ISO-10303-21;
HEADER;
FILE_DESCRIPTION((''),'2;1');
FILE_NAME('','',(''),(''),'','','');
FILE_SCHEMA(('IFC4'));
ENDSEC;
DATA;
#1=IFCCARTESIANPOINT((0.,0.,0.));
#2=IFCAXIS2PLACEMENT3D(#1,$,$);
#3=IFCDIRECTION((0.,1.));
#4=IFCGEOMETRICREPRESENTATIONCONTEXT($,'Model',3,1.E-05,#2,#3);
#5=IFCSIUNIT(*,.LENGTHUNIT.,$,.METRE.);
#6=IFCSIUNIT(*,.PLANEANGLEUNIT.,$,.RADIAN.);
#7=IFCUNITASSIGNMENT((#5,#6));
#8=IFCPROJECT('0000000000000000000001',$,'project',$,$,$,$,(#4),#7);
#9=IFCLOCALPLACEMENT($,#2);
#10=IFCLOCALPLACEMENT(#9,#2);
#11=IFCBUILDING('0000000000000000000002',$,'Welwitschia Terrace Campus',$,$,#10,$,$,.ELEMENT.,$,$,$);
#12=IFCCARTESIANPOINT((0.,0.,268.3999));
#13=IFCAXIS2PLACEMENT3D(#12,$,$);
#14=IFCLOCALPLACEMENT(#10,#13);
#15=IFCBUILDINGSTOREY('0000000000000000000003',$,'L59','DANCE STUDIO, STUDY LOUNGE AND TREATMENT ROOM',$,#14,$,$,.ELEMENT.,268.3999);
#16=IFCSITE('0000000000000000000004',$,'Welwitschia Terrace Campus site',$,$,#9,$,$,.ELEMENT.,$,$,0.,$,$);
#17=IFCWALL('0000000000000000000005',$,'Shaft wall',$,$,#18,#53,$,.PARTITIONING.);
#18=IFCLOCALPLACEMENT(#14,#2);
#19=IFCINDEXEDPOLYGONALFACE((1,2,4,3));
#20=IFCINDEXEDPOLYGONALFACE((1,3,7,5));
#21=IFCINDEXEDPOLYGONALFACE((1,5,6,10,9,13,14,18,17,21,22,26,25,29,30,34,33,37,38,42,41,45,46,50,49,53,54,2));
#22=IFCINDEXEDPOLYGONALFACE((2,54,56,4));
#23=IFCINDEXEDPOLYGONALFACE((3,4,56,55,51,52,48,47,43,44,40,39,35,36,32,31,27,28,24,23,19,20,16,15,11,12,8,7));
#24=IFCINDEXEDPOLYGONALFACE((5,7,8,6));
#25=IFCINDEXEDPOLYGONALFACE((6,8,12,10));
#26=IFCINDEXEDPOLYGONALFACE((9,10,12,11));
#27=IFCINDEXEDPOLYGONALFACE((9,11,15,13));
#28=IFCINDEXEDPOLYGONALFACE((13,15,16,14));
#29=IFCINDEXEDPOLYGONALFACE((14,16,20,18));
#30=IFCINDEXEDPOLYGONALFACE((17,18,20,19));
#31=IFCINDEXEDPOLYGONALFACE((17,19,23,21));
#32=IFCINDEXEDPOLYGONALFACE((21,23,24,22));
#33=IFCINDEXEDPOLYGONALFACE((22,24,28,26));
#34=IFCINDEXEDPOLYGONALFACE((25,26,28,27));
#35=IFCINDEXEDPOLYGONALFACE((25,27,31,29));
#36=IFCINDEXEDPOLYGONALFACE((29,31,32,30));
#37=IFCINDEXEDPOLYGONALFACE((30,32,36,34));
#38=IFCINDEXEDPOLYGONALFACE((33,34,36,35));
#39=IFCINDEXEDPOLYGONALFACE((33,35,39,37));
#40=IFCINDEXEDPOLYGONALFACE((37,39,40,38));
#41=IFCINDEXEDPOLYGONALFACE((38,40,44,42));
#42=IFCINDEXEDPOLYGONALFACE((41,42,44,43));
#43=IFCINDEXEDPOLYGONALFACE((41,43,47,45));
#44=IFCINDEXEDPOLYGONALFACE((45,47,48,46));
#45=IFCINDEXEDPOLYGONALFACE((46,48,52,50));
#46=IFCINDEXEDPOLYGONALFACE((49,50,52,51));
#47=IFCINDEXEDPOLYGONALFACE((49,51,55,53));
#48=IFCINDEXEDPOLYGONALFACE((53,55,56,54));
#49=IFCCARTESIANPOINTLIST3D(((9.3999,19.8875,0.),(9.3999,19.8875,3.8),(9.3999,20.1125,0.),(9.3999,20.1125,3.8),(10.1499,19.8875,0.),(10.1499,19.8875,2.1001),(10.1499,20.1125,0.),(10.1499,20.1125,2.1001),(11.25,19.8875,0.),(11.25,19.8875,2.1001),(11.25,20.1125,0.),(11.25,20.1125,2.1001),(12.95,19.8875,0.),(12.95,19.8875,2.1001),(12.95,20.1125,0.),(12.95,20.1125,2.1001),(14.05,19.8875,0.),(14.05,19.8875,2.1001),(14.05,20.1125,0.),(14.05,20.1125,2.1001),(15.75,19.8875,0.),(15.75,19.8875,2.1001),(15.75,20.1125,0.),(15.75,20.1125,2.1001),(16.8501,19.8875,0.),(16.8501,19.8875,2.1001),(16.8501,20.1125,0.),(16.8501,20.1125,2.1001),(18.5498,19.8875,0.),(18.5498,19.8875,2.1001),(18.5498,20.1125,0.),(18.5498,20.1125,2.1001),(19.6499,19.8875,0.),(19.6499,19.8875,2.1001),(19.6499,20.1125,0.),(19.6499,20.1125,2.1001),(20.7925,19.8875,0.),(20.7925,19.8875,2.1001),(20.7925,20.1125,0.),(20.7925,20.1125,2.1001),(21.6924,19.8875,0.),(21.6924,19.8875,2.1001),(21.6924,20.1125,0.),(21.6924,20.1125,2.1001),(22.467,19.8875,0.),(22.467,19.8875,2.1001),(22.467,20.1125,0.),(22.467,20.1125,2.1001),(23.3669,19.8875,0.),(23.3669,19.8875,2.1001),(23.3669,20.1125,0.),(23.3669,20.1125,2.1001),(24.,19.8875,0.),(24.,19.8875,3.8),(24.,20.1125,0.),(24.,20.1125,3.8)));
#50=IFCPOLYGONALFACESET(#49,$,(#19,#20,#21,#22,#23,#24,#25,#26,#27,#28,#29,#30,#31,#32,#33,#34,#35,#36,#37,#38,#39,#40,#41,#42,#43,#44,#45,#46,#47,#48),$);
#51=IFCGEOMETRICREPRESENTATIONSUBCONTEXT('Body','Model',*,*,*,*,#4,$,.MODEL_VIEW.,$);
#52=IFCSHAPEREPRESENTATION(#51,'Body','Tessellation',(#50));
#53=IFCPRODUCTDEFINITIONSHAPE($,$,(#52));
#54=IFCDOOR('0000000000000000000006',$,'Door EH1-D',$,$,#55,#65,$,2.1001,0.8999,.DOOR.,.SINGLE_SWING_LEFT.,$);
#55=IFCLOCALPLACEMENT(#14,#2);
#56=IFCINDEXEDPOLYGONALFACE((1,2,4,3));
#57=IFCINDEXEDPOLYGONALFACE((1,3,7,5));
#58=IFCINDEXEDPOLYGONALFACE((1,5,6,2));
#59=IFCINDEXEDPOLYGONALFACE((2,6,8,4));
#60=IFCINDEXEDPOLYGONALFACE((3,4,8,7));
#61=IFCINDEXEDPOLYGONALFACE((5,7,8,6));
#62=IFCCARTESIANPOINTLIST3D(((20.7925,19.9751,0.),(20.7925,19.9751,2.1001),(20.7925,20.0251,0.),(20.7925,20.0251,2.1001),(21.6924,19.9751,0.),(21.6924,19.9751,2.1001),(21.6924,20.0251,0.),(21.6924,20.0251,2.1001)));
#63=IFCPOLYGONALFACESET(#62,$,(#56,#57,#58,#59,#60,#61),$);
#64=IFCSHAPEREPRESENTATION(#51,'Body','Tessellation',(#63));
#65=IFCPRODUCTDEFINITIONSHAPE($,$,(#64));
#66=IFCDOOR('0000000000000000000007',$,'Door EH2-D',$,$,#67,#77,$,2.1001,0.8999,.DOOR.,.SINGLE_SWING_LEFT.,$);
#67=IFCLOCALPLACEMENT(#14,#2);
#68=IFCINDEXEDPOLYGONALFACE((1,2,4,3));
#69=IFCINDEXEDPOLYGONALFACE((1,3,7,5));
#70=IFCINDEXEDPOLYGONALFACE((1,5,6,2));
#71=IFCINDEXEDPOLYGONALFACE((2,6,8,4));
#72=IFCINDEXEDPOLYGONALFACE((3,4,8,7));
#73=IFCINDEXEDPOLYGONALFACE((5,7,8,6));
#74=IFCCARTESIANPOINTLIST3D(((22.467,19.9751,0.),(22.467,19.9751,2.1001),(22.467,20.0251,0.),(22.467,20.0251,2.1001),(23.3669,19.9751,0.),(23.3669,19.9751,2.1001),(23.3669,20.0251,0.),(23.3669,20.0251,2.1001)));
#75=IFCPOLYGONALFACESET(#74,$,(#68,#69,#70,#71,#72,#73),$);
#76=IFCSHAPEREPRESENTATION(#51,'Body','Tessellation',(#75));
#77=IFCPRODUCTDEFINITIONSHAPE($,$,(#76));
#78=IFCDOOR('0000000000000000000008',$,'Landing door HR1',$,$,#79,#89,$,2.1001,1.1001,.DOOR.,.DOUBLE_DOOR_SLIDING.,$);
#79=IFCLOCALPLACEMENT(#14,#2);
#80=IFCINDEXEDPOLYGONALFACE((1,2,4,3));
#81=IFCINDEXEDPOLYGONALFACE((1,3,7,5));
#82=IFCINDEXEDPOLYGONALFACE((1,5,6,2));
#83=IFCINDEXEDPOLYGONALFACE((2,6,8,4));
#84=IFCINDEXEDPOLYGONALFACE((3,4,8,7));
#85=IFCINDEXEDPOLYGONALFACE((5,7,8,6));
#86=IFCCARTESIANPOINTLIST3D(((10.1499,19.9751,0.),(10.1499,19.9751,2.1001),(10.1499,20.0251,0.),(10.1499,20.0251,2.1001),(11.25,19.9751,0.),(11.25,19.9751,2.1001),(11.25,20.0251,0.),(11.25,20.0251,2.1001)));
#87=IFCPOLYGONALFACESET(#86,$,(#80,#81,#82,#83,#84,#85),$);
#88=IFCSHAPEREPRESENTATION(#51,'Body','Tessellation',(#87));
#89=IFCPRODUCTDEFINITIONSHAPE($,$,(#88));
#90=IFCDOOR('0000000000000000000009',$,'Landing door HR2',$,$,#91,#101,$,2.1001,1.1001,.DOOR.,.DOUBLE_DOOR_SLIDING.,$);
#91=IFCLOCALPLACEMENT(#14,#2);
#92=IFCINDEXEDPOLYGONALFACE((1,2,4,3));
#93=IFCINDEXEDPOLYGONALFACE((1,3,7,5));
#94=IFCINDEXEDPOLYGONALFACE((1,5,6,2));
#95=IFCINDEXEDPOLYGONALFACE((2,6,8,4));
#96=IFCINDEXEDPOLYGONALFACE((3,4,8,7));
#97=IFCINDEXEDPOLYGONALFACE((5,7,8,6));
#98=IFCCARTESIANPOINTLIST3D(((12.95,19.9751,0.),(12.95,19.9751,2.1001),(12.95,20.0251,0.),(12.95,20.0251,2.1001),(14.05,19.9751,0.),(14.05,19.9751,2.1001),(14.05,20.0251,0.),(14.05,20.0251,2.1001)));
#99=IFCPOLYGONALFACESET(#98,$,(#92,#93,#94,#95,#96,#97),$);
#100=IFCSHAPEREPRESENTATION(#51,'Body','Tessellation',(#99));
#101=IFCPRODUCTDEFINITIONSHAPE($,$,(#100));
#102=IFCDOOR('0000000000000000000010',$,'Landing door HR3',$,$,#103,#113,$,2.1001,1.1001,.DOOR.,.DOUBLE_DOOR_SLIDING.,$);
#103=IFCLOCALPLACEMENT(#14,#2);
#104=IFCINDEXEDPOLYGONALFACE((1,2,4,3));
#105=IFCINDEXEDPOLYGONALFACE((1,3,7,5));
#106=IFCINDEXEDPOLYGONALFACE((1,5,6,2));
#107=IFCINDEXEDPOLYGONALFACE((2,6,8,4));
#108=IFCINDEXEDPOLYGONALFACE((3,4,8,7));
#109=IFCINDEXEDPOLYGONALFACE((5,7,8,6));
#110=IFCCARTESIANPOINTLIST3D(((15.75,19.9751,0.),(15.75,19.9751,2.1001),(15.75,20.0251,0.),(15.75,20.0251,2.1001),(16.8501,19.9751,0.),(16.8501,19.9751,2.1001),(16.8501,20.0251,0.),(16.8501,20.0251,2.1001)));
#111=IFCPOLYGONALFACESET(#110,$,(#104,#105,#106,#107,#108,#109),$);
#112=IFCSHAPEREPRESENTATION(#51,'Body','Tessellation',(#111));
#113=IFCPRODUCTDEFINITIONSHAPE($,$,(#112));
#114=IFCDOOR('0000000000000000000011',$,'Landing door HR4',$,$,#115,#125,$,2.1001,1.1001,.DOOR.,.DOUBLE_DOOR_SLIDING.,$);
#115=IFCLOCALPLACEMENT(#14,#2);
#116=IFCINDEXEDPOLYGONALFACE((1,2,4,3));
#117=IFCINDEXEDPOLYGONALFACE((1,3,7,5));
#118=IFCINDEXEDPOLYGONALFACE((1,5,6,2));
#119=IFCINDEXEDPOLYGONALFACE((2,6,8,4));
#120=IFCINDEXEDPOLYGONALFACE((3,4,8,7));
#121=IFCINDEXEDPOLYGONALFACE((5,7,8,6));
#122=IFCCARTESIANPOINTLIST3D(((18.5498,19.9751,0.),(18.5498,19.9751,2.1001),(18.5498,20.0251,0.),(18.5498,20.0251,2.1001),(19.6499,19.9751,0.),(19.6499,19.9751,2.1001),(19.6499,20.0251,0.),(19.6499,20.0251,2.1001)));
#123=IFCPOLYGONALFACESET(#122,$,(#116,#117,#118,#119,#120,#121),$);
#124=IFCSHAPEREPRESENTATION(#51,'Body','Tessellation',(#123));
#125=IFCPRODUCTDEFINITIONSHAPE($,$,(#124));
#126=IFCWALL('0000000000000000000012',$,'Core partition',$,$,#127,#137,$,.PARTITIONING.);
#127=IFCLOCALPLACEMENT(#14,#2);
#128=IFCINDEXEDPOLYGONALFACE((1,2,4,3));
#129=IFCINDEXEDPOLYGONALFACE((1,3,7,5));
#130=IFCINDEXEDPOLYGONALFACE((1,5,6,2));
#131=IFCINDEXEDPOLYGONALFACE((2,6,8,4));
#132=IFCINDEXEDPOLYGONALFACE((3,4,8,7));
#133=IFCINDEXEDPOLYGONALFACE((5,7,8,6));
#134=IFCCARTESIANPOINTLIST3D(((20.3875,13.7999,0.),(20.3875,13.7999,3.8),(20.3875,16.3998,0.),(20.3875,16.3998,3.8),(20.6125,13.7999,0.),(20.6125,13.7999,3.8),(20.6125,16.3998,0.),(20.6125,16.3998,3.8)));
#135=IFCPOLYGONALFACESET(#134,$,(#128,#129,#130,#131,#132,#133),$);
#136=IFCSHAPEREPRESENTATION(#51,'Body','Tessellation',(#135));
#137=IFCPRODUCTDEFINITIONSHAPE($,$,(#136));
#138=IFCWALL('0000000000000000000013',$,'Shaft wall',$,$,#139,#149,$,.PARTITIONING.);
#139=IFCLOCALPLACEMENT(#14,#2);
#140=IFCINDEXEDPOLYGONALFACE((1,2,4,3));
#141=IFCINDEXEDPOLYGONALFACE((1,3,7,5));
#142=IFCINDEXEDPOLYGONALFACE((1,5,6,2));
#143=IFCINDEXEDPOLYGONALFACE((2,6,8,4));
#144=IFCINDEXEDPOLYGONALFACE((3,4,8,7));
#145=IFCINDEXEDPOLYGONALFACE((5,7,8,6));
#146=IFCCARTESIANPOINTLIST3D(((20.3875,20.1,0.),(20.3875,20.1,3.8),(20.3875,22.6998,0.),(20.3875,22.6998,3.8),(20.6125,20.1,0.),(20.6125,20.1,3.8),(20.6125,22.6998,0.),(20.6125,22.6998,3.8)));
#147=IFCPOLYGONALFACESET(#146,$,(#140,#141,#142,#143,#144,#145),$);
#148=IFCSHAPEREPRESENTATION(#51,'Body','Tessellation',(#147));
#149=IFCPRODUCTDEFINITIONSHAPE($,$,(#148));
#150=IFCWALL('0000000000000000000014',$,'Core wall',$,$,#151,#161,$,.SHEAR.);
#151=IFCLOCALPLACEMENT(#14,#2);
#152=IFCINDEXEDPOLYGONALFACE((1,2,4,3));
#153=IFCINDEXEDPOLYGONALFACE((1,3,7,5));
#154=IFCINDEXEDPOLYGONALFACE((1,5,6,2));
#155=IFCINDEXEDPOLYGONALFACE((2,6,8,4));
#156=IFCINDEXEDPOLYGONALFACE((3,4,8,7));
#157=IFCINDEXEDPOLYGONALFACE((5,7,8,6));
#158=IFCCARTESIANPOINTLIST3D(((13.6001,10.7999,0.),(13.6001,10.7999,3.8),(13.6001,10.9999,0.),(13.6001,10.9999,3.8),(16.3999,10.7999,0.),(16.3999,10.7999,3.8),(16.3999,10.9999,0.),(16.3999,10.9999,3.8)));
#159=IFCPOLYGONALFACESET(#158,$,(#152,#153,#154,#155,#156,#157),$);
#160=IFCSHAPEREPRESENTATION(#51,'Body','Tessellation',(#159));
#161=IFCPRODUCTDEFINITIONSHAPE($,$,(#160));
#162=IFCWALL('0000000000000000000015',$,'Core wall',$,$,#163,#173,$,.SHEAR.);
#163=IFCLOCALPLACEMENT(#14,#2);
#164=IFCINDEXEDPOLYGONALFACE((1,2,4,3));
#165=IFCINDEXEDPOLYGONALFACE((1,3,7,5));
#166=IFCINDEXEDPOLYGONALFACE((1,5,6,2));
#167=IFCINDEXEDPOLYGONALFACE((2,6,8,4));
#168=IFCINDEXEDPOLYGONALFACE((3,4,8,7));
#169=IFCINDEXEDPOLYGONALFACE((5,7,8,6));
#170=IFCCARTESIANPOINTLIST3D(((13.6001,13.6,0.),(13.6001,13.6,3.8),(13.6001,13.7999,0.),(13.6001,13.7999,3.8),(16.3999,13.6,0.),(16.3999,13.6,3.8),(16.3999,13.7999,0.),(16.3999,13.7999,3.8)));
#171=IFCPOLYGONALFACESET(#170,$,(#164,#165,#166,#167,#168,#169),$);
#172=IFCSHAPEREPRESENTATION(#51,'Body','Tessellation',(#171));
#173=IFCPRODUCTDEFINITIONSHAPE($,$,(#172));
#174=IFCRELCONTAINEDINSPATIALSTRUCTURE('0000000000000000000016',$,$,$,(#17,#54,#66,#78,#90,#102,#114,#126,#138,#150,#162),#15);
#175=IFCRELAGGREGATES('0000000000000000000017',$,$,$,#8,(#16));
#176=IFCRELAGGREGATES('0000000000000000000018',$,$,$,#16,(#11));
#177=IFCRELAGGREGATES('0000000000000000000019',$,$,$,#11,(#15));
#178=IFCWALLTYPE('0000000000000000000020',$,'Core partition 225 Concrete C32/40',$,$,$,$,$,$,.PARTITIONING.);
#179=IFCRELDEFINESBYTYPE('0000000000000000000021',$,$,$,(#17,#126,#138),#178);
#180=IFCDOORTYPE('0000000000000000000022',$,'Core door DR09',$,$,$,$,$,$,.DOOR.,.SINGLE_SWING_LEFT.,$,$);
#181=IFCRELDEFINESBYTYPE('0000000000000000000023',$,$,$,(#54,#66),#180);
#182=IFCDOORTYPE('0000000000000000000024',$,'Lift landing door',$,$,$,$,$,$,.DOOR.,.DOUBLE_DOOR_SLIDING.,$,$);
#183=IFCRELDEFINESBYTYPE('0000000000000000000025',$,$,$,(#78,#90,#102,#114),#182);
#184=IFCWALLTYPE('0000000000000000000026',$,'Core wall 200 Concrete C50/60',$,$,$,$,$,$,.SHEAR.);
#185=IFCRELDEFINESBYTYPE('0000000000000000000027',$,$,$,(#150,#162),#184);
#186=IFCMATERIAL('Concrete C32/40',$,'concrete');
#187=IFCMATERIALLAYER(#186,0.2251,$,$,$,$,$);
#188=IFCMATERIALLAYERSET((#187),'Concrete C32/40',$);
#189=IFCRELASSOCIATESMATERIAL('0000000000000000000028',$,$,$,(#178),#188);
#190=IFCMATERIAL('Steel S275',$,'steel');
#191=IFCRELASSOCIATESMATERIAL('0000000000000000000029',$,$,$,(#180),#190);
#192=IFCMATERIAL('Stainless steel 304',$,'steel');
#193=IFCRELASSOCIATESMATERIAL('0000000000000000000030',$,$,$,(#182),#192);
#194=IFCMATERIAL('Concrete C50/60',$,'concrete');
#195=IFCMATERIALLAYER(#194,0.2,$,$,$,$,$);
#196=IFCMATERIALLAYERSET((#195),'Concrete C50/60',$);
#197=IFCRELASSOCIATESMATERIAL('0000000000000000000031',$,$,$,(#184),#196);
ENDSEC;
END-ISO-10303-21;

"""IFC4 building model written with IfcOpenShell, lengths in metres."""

from ifc_helpers import new_model, si_unit, direction, frame, frame_2d, origin, place, context, subcontext, project, spatial, rectangle, extrude, material, layer, layer_set, type_object, element, fill, save


model = new_model("IFC4")

# Units and contexts
model_context = context("Model", 3, precision=1e-05, world=origin(), true_north=direction((0.0, 1.0)))
body_context = subcontext(model_context, "Body", "Model", "MODEL_VIEW")
ifc_project = project(units=[si_unit("LENGTHUNIT", "METRE"), si_unit("PLANEANGLEUNIT", "RADIAN")], contexts=[model_context])

# Site, building, storey
site_placement = place(None, origin())
site = spatial("IfcSite", under=ifc_project, at=site_placement, Name="Welwitschia Terrace Campus site", CompositionType="ELEMENT", RefElevation=0.0)
building_placement = place(site_placement, origin())
building = spatial("IfcBuilding", under=site, at=building_placement, Name="Welwitschia Terrace Campus", CompositionType="ELEMENT")
storey_placement = place(building_placement, frame((0.0, 0.0, 268.3999)))
storey = spatial("IfcBuildingStorey", under=building, at=storey_placement, Name="L59", Description="DANCE STUDIO, STUDY LOUNGE AND TREATMENT ROOM", CompositionType="ELEMENT", Elevation=268.3999)

# Shared definitions
ifc_material_1 = material(Name="Concrete C32/40", Category="concrete")
ifc_layer_1 = layer(ifc_material_1, 0.2251)
ifc_layer_set_1 = layer_set([ifc_layer_1], Name="Concrete C32/40")
wall_type_1 = type_object("IfcWallType", Name="Core partition 225 Concrete C32/40", PredefinedType="PARTITIONING", material=ifc_layer_set_1)

# Wall, openings, doors
wall_1_placement = place(storey_placement, frame((24.0, 20.0, 0.0), z_axis=(0.0, 0.0, 1.0), x_axis=(-1.0, 0.0, 0.0)))
wall_1 = element("IfcWall", 1, at=wall_1_placement, inside=storey, type_object=wall_type_1, Name="Shaft wall", PredefinedType="PARTITIONING", context=body_context, shape_type="SweptSolid", body=[
    extrude(rectangle(XDim=14.6001, YDim=0.2251, at=frame_2d((7.3, 0.0))), origin(), (0.0, 0.0, 1.0), 3.8),
])
opening_1_placement = place(wall_1_placement, frame((12.75, 0.0, 0.0)))
opening_1 = element("IfcOpeningElement", 2, at=opening_1_placement, cuts=wall_1, PredefinedType="OPENING", context=body_context, shape_type="SweptSolid", body=[
    extrude(rectangle(XDim=1.1001, YDim=2.1001, at=frame_2d((0.55, 1.05))), frame((0.0, 0.1226, 0.0), z_axis=(0.0, -1.0, 0.0), x_axis=(1.0, 0.0, 0.0)), (0.0, 0.0, 1.0), 0.2451),
])
opening_2_placement = place(wall_1_placement, frame((9.95, 0.0, 0.0)))
opening_2 = element("IfcOpeningElement", 3, at=opening_2_placement, cuts=wall_1, PredefinedType="OPENING", context=body_context, shape_type="SweptSolid", body=[
    extrude(rectangle(XDim=1.1001, YDim=2.1001, at=frame_2d((0.55, 1.05))), frame((0.0, 0.1226, 0.0), z_axis=(0.0, -1.0, 0.0), x_axis=(1.0, 0.0, 0.0)), (0.0, 0.0, 1.0), 0.2451),
])
opening_3_placement = place(wall_1_placement, frame((7.1499, 0.0, 0.0)))
opening_3 = element("IfcOpeningElement", 4, at=opening_3_placement, cuts=wall_1, PredefinedType="OPENING", context=body_context, shape_type="SweptSolid", body=[
    extrude(rectangle(XDim=1.1001, YDim=2.1001, at=frame_2d((0.55, 1.05))), frame((0.0, 0.1226, 0.0), z_axis=(0.0, -1.0, 0.0), x_axis=(1.0, 0.0, 0.0)), (0.0, 0.0, 1.0), 0.2451),
])
opening_4_placement = place(wall_1_placement, frame((4.3501, 0.0, 0.0)))
opening_4 = element("IfcOpeningElement", 5, at=opening_4_placement, cuts=wall_1, PredefinedType="OPENING", context=body_context, shape_type="SweptSolid", body=[
    extrude(rectangle(XDim=1.1001, YDim=2.1001, at=frame_2d((0.55, 1.05))), frame((0.0, 0.1226, 0.0), z_axis=(0.0, -1.0, 0.0), x_axis=(1.0, 0.0, 0.0)), (0.0, 0.0, 1.0), 0.2451),
])
opening_5_placement = place(wall_1_placement, frame((2.3076, 0.0, 0.0)))
opening_5 = element("IfcOpeningElement", 6, at=opening_5_placement, cuts=wall_1, PredefinedType="OPENING", context=body_context, shape_type="SweptSolid", body=[
    extrude(rectangle(XDim=0.8999, YDim=2.1001, at=frame_2d((0.45, 1.05))), frame((0.0, 0.1226, 0.0), z_axis=(0.0, -1.0, 0.0), x_axis=(1.0, 0.0, 0.0)), (0.0, 0.0, 1.0), 0.2451),
])
opening_6_placement = place(wall_1_placement, frame((0.6331, 0.0, 0.0)))
opening_6 = element("IfcOpeningElement", 7, at=opening_6_placement, cuts=wall_1, PredefinedType="OPENING", context=body_context, shape_type="SweptSolid", body=[
    extrude(rectangle(XDim=0.8999, YDim=2.1001, at=frame_2d((0.45, 1.05))), frame((0.0, 0.1226, 0.0), z_axis=(0.0, -1.0, 0.0), x_axis=(1.0, 0.0, 0.0)), (0.0, 0.0, 1.0), 0.2451),
])
ifc_material_2 = material(Name="Steel S275", Category="steel")
door_type_1 = type_object("IfcDoorType", Name="Core door DR09", OperationType="SINGLE_SWING_LEFT", PredefinedType="DOOR", material=ifc_material_2)
door_1_placement = place(opening_5_placement, origin())
door_1 = element("IfcDoor", 8, at=door_1_placement, inside=storey, type_object=door_type_1, Name="Door EH1-D", OperationType="SINGLE_SWING_LEFT", OverallHeight=2.1001, OverallWidth=0.8999, PredefinedType="DOOR", context=body_context, shape_type="SweptSolid", body=[
    extrude(rectangle(XDim=0.8999, YDim=2.1001, at=frame_2d((0.45, 1.05))), frame((0.0, 0.0249, 0.0), z_axis=(0.0, -1.0, 0.0), x_axis=(1.0, 0.0, 0.0)), (0.0, 0.0, 1.0), 0.05),
])
fill(opening_5, door_1)
door_2_placement = place(opening_6_placement, origin())
door_2 = element("IfcDoor", 9, at=door_2_placement, inside=storey, type_object=door_type_1, Name="Door EH2-D", OperationType="SINGLE_SWING_LEFT", OverallHeight=2.1001, OverallWidth=0.8999, PredefinedType="DOOR", context=body_context, shape_type="SweptSolid", body=[
    extrude(rectangle(XDim=0.8999, YDim=2.1001, at=frame_2d((0.45, 1.05))), frame((0.0, 0.0249, 0.0), z_axis=(0.0, -1.0, 0.0), x_axis=(1.0, 0.0, 0.0)), (0.0, 0.0, 1.0), 0.05),
])
fill(opening_6, door_2)
ifc_material_3 = material(Name="Stainless steel 304", Category="steel")
door_type_2 = type_object("IfcDoorType", Name="Lift landing door", OperationType="DOUBLE_DOOR_SLIDING", PredefinedType="DOOR", material=ifc_material_3)
door_3_placement = place(opening_1_placement, origin())
door_3 = element("IfcDoor", 10, at=door_3_placement, inside=storey, type_object=door_type_2, Name="Landing door HR1", OperationType="DOUBLE_DOOR_SLIDING", OverallHeight=2.1001, OverallWidth=1.1001, PredefinedType="DOOR", context=body_context, shape_type="SweptSolid", body=[
    extrude(rectangle(XDim=1.1001, YDim=2.1001, at=frame_2d((0.55, 1.05))), frame((0.0, 0.0249, 0.0), z_axis=(0.0, -1.0, 0.0), x_axis=(1.0, 0.0, 0.0)), (0.0, 0.0, 1.0), 0.05),
])
fill(opening_1, door_3)
door_4_placement = place(opening_2_placement, origin())
door_4 = element("IfcDoor", 11, at=door_4_placement, inside=storey, type_object=door_type_2, Name="Landing door HR2", OperationType="DOUBLE_DOOR_SLIDING", OverallHeight=2.1001, OverallWidth=1.1001, PredefinedType="DOOR", context=body_context, shape_type="SweptSolid", body=[
    extrude(rectangle(XDim=1.1001, YDim=2.1001, at=frame_2d((0.55, 1.05))), frame((0.0, 0.0249, 0.0), z_axis=(0.0, -1.0, 0.0), x_axis=(1.0, 0.0, 0.0)), (0.0, 0.0, 1.0), 0.05),
])
fill(opening_2, door_4)
door_5_placement = place(opening_3_placement, origin())
door_5 = element("IfcDoor", 12, at=door_5_placement, inside=storey, type_object=door_type_2, Name="Landing door HR3", OperationType="DOUBLE_DOOR_SLIDING", OverallHeight=2.1001, OverallWidth=1.1001, PredefinedType="DOOR", context=body_context, shape_type="SweptSolid", body=[
    extrude(rectangle(XDim=1.1001, YDim=2.1001, at=frame_2d((0.55, 1.05))), frame((0.0, 0.0249, 0.0), z_axis=(0.0, -1.0, 0.0), x_axis=(1.0, 0.0, 0.0)), (0.0, 0.0, 1.0), 0.05),
])
fill(opening_3, door_5)
door_6_placement = place(opening_4_placement, origin())
door_6 = element("IfcDoor", 13, at=door_6_placement, inside=storey, type_object=door_type_2, Name="Landing door HR4", OperationType="DOUBLE_DOOR_SLIDING", OverallHeight=2.1001, OverallWidth=1.1001, PredefinedType="DOOR", context=body_context, shape_type="SweptSolid", body=[
    extrude(rectangle(XDim=1.1001, YDim=2.1001, at=frame_2d((0.55, 1.05))), frame((0.0, 0.0249, 0.0), z_axis=(0.0, -1.0, 0.0), x_axis=(1.0, 0.0, 0.0)), (0.0, 0.0, 1.0), 0.05),
])
fill(opening_4, door_6)

# Walls
for number, where, z_axis, x_axis, name in (
    (14, (20.5, 13.8, 0.0), (0.0, 0.0, 1.0), (0.0, 1.0, 0.0), "Core partition"),
    (15, (20.5, 20.1001, 0.0), (0.0, 0.0, 1.0), (0.0, 1.0, 0.0), "Shaft wall"),
):
    element("IfcWall", number, at=place(storey_placement, frame(where, z_axis=z_axis, x_axis=x_axis)), inside=storey, type_object=wall_type_1, Name=name, PredefinedType="PARTITIONING", context=body_context, shape_type="SweptSolid", body=[
        extrude(rectangle(XDim=2.5999, YDim=0.2251, at=frame_2d((1.2998, 0.0))), origin(), (0.0, 0.0, 1.0), 3.8),
    ])
ifc_material_4 = material(Name="Concrete C50/60", Category="concrete")
ifc_layer_2 = layer(ifc_material_4, 0.2)
ifc_layer_set_2 = layer_set([ifc_layer_2], Name="Concrete C50/60")
wall_type_2 = type_object("IfcWallType", Name="Core wall 200 Concrete C50/60", PredefinedType="SHEAR", material=ifc_layer_set_2)
for number, where, z_axis, x_axis, name in (
    (16, (13.6001, 10.8999, 0.0), (0.0, 0.0, 1.0), (1.0, 0.0, 0.0), "Core wall"),
    (17, (13.6001, 13.7, 0.0), (0.0, 0.0, 1.0), (1.0, 0.0, 0.0), "Core wall"),
):
    element("IfcWall", number, at=place(storey_placement, frame(where, z_axis=z_axis, x_axis=x_axis)), inside=storey, type_object=wall_type_2, Name=name, PredefinedType="SHEAR", context=body_context, shape_type="SweptSolid", body=[
        extrude(rectangle(XDim=2.7998, YDim=0.2, at=frame_2d((1.3999, 0.0))), origin(), (0.0, 0.0, 1.0), 3.8),
    ])

save(model, "model.ifc")
